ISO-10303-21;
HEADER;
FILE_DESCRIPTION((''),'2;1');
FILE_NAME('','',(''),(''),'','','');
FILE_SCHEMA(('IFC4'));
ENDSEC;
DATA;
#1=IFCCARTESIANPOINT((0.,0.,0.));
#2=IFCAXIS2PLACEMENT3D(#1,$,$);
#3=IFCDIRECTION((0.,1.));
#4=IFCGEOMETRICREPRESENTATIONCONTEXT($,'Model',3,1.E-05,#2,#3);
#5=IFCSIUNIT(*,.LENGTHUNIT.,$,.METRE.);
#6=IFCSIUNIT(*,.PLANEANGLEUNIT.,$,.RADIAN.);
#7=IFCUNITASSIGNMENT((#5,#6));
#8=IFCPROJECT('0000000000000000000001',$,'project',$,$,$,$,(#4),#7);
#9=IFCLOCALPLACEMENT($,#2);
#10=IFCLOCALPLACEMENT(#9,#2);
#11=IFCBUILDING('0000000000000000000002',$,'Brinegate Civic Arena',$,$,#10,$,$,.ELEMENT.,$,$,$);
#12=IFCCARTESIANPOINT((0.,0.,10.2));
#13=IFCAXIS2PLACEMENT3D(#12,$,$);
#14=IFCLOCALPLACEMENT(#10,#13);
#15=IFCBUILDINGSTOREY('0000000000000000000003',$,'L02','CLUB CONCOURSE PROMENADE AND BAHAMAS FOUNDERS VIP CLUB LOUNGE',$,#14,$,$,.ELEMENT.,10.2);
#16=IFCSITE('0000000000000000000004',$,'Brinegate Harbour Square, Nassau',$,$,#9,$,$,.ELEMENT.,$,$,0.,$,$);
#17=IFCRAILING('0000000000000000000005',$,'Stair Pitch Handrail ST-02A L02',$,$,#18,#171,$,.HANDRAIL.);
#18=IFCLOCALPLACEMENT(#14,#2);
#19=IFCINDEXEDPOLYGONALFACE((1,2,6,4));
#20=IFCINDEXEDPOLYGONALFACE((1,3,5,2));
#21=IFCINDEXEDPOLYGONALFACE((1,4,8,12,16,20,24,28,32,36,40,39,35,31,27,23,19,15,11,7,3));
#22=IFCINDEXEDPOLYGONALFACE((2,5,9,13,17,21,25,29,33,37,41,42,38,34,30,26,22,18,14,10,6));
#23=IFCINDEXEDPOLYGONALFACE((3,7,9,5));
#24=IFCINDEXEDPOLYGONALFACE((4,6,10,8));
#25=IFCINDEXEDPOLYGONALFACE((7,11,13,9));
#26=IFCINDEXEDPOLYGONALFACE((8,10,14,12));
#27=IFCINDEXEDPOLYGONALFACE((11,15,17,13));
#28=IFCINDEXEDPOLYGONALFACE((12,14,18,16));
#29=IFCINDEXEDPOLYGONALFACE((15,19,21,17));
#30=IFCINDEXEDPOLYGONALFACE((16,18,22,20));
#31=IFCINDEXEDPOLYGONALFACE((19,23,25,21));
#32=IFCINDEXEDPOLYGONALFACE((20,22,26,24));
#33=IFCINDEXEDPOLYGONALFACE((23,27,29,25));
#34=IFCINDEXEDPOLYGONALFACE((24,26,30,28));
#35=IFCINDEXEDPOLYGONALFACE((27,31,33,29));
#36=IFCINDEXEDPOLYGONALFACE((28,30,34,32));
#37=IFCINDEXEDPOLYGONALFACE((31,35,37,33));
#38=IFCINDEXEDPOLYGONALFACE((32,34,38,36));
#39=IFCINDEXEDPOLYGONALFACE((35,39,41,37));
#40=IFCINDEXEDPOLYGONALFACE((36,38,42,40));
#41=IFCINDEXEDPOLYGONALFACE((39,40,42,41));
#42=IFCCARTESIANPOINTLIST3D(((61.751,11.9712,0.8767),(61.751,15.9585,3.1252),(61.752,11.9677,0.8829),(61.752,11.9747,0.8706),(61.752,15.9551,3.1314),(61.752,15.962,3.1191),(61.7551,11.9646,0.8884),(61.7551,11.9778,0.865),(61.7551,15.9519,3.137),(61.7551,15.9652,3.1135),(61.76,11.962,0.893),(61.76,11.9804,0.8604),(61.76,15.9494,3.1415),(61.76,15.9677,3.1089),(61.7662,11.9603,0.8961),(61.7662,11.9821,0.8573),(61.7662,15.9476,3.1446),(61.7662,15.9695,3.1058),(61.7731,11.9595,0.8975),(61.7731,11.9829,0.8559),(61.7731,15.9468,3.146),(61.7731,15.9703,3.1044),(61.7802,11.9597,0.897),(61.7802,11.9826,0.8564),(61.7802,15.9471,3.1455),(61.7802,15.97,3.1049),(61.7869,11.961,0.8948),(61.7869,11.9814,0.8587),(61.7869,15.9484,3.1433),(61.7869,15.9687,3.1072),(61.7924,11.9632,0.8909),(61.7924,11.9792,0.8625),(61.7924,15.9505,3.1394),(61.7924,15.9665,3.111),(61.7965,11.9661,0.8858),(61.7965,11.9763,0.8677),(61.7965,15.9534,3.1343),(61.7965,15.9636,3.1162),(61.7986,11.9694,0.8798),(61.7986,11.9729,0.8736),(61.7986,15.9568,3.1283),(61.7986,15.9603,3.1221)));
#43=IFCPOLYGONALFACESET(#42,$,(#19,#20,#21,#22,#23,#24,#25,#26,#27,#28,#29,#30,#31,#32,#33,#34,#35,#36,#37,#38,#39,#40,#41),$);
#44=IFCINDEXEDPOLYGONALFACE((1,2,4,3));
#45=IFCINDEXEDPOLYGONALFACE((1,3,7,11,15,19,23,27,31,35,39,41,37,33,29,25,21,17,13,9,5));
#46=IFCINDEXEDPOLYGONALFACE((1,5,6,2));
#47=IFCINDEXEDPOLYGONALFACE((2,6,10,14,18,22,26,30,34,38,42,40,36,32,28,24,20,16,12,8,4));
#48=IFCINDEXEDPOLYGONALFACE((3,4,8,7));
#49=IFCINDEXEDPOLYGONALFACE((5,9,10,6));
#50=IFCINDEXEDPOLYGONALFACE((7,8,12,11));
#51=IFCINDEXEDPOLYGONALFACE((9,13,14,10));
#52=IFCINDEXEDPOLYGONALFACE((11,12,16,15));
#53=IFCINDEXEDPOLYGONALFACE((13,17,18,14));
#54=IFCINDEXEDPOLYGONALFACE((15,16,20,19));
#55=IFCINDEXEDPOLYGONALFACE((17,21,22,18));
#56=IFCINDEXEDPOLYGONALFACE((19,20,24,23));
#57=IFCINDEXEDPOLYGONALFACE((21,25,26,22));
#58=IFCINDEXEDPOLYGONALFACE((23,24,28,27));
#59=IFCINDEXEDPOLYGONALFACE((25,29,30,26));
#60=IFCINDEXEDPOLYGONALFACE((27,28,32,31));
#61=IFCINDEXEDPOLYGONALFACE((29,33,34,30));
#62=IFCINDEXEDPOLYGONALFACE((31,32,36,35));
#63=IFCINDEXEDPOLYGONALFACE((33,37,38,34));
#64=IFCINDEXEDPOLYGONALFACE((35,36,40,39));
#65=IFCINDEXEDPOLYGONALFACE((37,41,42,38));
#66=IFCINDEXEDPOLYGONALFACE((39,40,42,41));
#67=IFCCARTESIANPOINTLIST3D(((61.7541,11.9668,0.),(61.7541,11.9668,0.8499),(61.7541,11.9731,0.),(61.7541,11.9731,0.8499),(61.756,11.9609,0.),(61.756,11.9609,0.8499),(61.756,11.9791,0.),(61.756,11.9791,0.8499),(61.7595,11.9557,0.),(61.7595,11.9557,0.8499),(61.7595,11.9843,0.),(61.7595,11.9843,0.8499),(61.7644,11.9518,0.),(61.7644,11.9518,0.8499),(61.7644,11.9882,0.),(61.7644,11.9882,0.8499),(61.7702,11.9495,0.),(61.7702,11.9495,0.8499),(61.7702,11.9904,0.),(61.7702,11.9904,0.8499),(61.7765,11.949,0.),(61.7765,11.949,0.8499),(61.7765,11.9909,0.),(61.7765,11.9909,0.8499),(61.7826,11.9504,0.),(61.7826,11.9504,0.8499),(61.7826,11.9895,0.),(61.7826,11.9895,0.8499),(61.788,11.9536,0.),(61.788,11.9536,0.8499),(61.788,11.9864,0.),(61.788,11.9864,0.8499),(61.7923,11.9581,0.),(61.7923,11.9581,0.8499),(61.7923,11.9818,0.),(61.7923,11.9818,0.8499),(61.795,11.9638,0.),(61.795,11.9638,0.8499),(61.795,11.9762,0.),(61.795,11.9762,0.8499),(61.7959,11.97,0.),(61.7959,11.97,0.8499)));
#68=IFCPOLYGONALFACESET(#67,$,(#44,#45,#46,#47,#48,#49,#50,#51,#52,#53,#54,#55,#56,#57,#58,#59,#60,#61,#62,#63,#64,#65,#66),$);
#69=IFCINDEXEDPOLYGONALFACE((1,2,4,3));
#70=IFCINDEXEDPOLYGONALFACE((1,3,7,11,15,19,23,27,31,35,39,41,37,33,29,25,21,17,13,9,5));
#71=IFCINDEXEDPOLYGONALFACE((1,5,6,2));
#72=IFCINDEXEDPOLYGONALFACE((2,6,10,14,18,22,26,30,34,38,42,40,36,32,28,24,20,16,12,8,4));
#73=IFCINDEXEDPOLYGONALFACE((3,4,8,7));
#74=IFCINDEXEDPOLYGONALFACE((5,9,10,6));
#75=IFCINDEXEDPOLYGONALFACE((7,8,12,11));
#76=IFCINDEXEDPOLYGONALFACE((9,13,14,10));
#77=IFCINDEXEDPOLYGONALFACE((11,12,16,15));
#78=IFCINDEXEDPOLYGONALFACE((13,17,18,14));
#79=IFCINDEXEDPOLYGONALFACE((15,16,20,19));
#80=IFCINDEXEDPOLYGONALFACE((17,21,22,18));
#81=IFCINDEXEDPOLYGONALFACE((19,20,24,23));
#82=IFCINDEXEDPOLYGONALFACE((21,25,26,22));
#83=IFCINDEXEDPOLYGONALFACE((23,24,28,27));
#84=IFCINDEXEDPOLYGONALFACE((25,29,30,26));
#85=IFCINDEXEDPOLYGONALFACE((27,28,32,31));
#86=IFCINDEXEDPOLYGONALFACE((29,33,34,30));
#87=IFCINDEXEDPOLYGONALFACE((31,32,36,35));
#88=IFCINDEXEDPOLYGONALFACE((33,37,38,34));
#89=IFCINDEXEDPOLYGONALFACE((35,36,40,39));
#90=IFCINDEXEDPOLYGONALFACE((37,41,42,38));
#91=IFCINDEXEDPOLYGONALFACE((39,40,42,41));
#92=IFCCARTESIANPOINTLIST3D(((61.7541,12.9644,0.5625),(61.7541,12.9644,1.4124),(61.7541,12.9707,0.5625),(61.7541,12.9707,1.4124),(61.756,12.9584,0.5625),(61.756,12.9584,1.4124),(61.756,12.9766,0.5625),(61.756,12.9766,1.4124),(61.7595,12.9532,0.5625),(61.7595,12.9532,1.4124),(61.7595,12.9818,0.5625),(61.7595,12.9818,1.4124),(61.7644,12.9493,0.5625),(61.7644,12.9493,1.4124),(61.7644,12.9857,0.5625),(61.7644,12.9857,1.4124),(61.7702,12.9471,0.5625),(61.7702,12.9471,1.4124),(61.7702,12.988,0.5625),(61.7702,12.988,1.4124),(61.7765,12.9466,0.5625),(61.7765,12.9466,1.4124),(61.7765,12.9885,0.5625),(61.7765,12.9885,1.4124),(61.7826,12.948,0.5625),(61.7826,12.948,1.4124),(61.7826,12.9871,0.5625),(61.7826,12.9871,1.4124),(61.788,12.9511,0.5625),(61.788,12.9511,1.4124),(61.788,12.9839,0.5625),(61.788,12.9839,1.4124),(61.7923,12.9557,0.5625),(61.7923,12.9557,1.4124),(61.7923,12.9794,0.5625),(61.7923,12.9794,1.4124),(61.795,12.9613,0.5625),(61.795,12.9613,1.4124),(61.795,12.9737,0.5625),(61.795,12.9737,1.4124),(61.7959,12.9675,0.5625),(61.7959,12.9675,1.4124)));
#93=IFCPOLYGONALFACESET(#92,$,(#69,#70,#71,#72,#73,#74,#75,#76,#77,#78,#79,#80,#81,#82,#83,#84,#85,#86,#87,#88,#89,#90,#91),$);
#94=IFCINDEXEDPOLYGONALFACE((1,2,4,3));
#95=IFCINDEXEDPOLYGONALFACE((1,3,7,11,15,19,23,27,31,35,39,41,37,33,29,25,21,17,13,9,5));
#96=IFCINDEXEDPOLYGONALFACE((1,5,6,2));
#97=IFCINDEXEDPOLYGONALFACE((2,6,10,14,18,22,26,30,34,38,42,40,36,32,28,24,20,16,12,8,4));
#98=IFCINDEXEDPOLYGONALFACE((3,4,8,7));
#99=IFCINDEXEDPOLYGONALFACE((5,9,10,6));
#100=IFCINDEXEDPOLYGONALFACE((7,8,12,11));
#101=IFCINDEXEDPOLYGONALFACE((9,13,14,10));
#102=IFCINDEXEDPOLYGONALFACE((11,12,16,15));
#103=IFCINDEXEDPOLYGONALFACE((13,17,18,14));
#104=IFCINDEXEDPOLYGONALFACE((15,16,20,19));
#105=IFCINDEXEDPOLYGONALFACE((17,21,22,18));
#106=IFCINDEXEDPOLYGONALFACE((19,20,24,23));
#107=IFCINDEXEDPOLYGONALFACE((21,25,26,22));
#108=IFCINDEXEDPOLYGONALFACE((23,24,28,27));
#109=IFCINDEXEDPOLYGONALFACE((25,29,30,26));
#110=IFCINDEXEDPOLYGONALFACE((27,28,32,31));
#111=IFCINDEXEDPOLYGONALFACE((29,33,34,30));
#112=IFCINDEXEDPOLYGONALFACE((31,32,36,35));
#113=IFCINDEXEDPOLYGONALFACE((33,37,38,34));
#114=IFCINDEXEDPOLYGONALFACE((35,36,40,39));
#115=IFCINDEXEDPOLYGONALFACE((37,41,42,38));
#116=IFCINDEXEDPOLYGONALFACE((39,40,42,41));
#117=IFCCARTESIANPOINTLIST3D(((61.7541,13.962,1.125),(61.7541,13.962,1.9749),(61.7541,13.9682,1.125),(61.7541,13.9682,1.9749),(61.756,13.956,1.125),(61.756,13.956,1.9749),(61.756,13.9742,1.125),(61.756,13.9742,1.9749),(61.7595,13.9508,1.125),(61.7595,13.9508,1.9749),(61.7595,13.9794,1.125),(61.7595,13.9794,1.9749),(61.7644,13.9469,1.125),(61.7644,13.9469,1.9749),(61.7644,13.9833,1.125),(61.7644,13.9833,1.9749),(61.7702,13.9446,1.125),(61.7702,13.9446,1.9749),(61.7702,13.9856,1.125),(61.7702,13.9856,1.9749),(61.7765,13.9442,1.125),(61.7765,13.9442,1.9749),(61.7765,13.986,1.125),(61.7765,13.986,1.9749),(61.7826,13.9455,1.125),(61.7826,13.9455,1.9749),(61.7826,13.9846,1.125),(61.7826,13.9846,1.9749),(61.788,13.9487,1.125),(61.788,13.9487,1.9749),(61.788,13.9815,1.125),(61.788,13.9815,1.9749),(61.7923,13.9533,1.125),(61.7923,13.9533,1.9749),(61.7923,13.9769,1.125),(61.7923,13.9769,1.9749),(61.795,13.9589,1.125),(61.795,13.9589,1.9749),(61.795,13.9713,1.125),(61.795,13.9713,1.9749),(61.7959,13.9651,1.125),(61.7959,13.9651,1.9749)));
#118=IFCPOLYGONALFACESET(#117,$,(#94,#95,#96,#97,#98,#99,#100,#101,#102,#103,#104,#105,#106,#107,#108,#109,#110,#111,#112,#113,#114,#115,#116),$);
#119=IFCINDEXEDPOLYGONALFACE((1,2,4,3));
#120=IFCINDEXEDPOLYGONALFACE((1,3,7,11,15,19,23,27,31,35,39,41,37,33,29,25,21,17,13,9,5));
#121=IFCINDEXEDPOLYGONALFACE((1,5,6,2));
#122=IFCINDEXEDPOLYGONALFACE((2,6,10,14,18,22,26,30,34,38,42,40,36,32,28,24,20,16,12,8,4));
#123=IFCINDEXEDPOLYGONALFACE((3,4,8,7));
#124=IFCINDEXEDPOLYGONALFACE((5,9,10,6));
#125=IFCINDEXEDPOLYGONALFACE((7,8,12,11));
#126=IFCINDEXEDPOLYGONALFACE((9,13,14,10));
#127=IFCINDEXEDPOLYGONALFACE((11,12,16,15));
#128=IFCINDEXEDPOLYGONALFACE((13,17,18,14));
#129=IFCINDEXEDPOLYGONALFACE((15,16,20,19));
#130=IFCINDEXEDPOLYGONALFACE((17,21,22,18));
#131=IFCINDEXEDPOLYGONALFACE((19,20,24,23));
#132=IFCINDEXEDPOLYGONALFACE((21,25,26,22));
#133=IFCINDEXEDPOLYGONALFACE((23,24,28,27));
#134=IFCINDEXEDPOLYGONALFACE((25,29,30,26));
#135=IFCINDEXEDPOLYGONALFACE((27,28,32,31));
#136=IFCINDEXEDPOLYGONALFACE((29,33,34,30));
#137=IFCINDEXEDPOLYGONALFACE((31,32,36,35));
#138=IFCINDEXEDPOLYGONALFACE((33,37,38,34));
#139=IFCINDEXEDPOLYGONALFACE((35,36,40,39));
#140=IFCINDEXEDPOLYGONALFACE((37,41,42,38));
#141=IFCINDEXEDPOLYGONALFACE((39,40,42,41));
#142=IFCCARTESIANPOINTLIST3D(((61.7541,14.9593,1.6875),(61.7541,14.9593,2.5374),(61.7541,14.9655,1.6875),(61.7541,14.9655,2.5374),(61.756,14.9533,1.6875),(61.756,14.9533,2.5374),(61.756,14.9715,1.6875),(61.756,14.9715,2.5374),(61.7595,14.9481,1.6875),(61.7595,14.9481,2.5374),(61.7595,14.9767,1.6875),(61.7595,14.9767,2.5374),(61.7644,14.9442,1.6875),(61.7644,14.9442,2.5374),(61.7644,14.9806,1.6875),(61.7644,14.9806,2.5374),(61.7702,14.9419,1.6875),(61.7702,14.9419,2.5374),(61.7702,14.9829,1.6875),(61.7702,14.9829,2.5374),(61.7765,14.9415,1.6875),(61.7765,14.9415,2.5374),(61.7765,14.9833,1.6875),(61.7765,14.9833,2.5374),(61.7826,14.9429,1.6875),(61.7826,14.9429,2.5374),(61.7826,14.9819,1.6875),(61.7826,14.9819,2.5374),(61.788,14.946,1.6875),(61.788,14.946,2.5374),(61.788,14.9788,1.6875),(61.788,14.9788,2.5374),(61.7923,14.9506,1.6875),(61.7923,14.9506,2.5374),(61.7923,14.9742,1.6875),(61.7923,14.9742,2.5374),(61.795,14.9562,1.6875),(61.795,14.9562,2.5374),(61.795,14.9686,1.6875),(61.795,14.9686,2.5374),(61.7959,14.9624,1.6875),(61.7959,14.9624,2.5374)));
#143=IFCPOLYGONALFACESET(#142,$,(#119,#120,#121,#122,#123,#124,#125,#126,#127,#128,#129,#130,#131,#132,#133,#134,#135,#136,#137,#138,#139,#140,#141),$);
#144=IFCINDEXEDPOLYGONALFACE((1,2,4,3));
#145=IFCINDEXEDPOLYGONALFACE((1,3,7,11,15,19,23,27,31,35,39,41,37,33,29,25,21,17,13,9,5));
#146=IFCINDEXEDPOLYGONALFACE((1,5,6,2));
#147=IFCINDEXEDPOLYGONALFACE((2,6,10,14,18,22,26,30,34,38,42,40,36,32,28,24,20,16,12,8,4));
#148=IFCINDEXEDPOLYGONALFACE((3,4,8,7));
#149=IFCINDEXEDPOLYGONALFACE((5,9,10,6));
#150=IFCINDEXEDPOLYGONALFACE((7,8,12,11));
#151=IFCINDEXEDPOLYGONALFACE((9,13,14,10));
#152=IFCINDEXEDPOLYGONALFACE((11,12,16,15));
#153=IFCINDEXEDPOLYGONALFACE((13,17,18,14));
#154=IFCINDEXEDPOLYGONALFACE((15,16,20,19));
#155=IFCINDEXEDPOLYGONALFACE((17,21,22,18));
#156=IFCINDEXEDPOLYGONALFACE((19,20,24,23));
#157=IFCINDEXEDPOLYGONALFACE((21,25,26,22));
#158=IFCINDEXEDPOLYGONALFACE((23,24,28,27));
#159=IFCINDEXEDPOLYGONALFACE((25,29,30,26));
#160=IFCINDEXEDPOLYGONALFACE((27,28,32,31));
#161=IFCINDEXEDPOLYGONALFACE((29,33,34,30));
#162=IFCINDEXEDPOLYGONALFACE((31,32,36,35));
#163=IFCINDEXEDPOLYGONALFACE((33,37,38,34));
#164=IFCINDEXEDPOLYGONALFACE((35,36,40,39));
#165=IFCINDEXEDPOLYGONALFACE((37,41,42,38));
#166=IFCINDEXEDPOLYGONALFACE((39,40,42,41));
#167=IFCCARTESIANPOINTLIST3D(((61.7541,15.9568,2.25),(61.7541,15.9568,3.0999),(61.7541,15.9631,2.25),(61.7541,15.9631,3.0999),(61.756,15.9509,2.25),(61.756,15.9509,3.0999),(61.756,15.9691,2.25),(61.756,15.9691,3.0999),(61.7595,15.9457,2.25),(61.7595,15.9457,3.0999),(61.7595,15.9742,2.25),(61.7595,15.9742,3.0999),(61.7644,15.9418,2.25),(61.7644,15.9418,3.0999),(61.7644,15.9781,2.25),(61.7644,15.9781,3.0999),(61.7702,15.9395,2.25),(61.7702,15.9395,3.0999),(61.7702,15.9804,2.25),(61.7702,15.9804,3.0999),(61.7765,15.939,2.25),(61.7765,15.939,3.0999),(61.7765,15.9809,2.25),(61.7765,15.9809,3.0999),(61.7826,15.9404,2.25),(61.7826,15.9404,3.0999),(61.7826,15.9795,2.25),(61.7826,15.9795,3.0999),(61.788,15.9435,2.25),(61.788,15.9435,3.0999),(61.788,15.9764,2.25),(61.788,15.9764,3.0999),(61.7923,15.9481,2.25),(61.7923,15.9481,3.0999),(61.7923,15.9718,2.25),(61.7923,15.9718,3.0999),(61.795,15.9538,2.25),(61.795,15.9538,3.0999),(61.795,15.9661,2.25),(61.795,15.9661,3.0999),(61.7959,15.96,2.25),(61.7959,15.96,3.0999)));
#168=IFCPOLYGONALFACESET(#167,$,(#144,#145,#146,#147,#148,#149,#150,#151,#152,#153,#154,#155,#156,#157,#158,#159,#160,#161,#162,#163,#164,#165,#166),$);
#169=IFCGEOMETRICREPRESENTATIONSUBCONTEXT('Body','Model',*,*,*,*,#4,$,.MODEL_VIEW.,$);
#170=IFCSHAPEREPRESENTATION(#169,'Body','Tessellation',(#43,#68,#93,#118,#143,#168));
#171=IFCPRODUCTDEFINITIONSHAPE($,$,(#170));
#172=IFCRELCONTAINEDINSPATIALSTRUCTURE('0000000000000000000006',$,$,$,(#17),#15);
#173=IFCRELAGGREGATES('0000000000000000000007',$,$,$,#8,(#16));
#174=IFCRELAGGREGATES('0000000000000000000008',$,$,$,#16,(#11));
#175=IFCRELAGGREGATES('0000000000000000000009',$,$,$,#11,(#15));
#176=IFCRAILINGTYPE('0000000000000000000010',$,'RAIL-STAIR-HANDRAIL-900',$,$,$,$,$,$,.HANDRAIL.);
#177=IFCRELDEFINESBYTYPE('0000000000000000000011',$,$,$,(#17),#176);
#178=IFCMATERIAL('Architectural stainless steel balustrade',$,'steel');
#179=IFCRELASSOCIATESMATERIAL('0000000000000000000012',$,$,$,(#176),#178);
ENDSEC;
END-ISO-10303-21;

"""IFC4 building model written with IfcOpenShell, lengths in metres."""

from ifc_helpers import new_model, si_unit, direction, frame, origin, origin_2d, place, context, subcontext, project, spatial, circle, extrude, material, type_object, element, save


model = new_model("IFC4")

# Units and contexts
model_context = context("Model", 3, precision=1e-05, world=origin(), true_north=direction((0.0, 1.0)))
body_context = subcontext(model_context, "Body", "Model", "MODEL_VIEW")
ifc_project = project(units=[si_unit("LENGTHUNIT", "METRE"), si_unit("PLANEANGLEUNIT", "RADIAN")], contexts=[model_context])

# Site, building, storey
site_placement = place(None, origin())
site = spatial("IfcSite", under=ifc_project, at=site_placement, Name="Brinegate Harbour Square, Nassau", CompositionType="ELEMENT", RefElevation=0.0)
building_placement = place(site_placement, origin())
building = spatial("IfcBuilding", under=site, at=building_placement, Name="Brinegate Civic Arena", CompositionType="ELEMENT")
storey_placement = place(building_placement, frame((0.0, 0.0, 10.2)))
storey = spatial("IfcBuildingStorey", under=building, at=storey_placement, Name="L02", Description="CLUB CONCOURSE PROMENADE AND BAHAMAS FOUNDERS VIP CLUB LOUNGE", CompositionType="ELEMENT", Elevation=10.2)

# Railing
ifc_material_1 = material(Name="Architectural stainless steel balustrade", Category="steel")
railing_type_1 = type_object("IfcRailingType", Name="RAIL-STAIR-HANDRAIL-900", PredefinedType="HANDRAIL", material=ifc_material_1)
for number, where, name in (
    (1, (61.7749, 11.97, 0.0), "Stair Pitch Handrail ST-02A L02"),
):
    element("IfcRailing", number, at=place(storey_placement, frame(where)), inside=storey, type_object=railing_type_1, Name=name, PredefinedType="HANDRAIL", context=body_context, shape_type="SweptSolid", body=[
        extrude(circle(Radius=0.0239, at=origin_2d()), frame((0.0, 0.0012, 0.8767), z_axis=(0.0, 0.87105, 0.491195), x_axis=(-1.0, 0.0, 0.0)), (0.0, 0.0, 1.0), 4.5776),
        extrude(circle(Radius=0.021, at=origin_2d()), origin(), (0.0, 0.0, 1.0), 0.8499),
        extrude(circle(Radius=0.021, at=origin_2d()), frame((0.0, 0.9976, 0.5625)), (0.0, 0.0, 1.0), 0.8499),
        extrude(circle(Radius=0.021, at=origin_2d()), frame((0.0, 1.9951, 1.125)), (0.0, 0.0, 1.0), 0.8499),
        extrude(circle(Radius=0.021, at=origin_2d()), frame((0.0, 2.9924, 1.6875)), (0.0, 0.0, 1.0), 0.8499),
        extrude(circle(Radius=0.021, at=origin_2d()), frame((0.0, 3.99, 2.25)), (0.0, 0.0, 1.0), 0.8499),
    ])

save(model, "model.ifc")
